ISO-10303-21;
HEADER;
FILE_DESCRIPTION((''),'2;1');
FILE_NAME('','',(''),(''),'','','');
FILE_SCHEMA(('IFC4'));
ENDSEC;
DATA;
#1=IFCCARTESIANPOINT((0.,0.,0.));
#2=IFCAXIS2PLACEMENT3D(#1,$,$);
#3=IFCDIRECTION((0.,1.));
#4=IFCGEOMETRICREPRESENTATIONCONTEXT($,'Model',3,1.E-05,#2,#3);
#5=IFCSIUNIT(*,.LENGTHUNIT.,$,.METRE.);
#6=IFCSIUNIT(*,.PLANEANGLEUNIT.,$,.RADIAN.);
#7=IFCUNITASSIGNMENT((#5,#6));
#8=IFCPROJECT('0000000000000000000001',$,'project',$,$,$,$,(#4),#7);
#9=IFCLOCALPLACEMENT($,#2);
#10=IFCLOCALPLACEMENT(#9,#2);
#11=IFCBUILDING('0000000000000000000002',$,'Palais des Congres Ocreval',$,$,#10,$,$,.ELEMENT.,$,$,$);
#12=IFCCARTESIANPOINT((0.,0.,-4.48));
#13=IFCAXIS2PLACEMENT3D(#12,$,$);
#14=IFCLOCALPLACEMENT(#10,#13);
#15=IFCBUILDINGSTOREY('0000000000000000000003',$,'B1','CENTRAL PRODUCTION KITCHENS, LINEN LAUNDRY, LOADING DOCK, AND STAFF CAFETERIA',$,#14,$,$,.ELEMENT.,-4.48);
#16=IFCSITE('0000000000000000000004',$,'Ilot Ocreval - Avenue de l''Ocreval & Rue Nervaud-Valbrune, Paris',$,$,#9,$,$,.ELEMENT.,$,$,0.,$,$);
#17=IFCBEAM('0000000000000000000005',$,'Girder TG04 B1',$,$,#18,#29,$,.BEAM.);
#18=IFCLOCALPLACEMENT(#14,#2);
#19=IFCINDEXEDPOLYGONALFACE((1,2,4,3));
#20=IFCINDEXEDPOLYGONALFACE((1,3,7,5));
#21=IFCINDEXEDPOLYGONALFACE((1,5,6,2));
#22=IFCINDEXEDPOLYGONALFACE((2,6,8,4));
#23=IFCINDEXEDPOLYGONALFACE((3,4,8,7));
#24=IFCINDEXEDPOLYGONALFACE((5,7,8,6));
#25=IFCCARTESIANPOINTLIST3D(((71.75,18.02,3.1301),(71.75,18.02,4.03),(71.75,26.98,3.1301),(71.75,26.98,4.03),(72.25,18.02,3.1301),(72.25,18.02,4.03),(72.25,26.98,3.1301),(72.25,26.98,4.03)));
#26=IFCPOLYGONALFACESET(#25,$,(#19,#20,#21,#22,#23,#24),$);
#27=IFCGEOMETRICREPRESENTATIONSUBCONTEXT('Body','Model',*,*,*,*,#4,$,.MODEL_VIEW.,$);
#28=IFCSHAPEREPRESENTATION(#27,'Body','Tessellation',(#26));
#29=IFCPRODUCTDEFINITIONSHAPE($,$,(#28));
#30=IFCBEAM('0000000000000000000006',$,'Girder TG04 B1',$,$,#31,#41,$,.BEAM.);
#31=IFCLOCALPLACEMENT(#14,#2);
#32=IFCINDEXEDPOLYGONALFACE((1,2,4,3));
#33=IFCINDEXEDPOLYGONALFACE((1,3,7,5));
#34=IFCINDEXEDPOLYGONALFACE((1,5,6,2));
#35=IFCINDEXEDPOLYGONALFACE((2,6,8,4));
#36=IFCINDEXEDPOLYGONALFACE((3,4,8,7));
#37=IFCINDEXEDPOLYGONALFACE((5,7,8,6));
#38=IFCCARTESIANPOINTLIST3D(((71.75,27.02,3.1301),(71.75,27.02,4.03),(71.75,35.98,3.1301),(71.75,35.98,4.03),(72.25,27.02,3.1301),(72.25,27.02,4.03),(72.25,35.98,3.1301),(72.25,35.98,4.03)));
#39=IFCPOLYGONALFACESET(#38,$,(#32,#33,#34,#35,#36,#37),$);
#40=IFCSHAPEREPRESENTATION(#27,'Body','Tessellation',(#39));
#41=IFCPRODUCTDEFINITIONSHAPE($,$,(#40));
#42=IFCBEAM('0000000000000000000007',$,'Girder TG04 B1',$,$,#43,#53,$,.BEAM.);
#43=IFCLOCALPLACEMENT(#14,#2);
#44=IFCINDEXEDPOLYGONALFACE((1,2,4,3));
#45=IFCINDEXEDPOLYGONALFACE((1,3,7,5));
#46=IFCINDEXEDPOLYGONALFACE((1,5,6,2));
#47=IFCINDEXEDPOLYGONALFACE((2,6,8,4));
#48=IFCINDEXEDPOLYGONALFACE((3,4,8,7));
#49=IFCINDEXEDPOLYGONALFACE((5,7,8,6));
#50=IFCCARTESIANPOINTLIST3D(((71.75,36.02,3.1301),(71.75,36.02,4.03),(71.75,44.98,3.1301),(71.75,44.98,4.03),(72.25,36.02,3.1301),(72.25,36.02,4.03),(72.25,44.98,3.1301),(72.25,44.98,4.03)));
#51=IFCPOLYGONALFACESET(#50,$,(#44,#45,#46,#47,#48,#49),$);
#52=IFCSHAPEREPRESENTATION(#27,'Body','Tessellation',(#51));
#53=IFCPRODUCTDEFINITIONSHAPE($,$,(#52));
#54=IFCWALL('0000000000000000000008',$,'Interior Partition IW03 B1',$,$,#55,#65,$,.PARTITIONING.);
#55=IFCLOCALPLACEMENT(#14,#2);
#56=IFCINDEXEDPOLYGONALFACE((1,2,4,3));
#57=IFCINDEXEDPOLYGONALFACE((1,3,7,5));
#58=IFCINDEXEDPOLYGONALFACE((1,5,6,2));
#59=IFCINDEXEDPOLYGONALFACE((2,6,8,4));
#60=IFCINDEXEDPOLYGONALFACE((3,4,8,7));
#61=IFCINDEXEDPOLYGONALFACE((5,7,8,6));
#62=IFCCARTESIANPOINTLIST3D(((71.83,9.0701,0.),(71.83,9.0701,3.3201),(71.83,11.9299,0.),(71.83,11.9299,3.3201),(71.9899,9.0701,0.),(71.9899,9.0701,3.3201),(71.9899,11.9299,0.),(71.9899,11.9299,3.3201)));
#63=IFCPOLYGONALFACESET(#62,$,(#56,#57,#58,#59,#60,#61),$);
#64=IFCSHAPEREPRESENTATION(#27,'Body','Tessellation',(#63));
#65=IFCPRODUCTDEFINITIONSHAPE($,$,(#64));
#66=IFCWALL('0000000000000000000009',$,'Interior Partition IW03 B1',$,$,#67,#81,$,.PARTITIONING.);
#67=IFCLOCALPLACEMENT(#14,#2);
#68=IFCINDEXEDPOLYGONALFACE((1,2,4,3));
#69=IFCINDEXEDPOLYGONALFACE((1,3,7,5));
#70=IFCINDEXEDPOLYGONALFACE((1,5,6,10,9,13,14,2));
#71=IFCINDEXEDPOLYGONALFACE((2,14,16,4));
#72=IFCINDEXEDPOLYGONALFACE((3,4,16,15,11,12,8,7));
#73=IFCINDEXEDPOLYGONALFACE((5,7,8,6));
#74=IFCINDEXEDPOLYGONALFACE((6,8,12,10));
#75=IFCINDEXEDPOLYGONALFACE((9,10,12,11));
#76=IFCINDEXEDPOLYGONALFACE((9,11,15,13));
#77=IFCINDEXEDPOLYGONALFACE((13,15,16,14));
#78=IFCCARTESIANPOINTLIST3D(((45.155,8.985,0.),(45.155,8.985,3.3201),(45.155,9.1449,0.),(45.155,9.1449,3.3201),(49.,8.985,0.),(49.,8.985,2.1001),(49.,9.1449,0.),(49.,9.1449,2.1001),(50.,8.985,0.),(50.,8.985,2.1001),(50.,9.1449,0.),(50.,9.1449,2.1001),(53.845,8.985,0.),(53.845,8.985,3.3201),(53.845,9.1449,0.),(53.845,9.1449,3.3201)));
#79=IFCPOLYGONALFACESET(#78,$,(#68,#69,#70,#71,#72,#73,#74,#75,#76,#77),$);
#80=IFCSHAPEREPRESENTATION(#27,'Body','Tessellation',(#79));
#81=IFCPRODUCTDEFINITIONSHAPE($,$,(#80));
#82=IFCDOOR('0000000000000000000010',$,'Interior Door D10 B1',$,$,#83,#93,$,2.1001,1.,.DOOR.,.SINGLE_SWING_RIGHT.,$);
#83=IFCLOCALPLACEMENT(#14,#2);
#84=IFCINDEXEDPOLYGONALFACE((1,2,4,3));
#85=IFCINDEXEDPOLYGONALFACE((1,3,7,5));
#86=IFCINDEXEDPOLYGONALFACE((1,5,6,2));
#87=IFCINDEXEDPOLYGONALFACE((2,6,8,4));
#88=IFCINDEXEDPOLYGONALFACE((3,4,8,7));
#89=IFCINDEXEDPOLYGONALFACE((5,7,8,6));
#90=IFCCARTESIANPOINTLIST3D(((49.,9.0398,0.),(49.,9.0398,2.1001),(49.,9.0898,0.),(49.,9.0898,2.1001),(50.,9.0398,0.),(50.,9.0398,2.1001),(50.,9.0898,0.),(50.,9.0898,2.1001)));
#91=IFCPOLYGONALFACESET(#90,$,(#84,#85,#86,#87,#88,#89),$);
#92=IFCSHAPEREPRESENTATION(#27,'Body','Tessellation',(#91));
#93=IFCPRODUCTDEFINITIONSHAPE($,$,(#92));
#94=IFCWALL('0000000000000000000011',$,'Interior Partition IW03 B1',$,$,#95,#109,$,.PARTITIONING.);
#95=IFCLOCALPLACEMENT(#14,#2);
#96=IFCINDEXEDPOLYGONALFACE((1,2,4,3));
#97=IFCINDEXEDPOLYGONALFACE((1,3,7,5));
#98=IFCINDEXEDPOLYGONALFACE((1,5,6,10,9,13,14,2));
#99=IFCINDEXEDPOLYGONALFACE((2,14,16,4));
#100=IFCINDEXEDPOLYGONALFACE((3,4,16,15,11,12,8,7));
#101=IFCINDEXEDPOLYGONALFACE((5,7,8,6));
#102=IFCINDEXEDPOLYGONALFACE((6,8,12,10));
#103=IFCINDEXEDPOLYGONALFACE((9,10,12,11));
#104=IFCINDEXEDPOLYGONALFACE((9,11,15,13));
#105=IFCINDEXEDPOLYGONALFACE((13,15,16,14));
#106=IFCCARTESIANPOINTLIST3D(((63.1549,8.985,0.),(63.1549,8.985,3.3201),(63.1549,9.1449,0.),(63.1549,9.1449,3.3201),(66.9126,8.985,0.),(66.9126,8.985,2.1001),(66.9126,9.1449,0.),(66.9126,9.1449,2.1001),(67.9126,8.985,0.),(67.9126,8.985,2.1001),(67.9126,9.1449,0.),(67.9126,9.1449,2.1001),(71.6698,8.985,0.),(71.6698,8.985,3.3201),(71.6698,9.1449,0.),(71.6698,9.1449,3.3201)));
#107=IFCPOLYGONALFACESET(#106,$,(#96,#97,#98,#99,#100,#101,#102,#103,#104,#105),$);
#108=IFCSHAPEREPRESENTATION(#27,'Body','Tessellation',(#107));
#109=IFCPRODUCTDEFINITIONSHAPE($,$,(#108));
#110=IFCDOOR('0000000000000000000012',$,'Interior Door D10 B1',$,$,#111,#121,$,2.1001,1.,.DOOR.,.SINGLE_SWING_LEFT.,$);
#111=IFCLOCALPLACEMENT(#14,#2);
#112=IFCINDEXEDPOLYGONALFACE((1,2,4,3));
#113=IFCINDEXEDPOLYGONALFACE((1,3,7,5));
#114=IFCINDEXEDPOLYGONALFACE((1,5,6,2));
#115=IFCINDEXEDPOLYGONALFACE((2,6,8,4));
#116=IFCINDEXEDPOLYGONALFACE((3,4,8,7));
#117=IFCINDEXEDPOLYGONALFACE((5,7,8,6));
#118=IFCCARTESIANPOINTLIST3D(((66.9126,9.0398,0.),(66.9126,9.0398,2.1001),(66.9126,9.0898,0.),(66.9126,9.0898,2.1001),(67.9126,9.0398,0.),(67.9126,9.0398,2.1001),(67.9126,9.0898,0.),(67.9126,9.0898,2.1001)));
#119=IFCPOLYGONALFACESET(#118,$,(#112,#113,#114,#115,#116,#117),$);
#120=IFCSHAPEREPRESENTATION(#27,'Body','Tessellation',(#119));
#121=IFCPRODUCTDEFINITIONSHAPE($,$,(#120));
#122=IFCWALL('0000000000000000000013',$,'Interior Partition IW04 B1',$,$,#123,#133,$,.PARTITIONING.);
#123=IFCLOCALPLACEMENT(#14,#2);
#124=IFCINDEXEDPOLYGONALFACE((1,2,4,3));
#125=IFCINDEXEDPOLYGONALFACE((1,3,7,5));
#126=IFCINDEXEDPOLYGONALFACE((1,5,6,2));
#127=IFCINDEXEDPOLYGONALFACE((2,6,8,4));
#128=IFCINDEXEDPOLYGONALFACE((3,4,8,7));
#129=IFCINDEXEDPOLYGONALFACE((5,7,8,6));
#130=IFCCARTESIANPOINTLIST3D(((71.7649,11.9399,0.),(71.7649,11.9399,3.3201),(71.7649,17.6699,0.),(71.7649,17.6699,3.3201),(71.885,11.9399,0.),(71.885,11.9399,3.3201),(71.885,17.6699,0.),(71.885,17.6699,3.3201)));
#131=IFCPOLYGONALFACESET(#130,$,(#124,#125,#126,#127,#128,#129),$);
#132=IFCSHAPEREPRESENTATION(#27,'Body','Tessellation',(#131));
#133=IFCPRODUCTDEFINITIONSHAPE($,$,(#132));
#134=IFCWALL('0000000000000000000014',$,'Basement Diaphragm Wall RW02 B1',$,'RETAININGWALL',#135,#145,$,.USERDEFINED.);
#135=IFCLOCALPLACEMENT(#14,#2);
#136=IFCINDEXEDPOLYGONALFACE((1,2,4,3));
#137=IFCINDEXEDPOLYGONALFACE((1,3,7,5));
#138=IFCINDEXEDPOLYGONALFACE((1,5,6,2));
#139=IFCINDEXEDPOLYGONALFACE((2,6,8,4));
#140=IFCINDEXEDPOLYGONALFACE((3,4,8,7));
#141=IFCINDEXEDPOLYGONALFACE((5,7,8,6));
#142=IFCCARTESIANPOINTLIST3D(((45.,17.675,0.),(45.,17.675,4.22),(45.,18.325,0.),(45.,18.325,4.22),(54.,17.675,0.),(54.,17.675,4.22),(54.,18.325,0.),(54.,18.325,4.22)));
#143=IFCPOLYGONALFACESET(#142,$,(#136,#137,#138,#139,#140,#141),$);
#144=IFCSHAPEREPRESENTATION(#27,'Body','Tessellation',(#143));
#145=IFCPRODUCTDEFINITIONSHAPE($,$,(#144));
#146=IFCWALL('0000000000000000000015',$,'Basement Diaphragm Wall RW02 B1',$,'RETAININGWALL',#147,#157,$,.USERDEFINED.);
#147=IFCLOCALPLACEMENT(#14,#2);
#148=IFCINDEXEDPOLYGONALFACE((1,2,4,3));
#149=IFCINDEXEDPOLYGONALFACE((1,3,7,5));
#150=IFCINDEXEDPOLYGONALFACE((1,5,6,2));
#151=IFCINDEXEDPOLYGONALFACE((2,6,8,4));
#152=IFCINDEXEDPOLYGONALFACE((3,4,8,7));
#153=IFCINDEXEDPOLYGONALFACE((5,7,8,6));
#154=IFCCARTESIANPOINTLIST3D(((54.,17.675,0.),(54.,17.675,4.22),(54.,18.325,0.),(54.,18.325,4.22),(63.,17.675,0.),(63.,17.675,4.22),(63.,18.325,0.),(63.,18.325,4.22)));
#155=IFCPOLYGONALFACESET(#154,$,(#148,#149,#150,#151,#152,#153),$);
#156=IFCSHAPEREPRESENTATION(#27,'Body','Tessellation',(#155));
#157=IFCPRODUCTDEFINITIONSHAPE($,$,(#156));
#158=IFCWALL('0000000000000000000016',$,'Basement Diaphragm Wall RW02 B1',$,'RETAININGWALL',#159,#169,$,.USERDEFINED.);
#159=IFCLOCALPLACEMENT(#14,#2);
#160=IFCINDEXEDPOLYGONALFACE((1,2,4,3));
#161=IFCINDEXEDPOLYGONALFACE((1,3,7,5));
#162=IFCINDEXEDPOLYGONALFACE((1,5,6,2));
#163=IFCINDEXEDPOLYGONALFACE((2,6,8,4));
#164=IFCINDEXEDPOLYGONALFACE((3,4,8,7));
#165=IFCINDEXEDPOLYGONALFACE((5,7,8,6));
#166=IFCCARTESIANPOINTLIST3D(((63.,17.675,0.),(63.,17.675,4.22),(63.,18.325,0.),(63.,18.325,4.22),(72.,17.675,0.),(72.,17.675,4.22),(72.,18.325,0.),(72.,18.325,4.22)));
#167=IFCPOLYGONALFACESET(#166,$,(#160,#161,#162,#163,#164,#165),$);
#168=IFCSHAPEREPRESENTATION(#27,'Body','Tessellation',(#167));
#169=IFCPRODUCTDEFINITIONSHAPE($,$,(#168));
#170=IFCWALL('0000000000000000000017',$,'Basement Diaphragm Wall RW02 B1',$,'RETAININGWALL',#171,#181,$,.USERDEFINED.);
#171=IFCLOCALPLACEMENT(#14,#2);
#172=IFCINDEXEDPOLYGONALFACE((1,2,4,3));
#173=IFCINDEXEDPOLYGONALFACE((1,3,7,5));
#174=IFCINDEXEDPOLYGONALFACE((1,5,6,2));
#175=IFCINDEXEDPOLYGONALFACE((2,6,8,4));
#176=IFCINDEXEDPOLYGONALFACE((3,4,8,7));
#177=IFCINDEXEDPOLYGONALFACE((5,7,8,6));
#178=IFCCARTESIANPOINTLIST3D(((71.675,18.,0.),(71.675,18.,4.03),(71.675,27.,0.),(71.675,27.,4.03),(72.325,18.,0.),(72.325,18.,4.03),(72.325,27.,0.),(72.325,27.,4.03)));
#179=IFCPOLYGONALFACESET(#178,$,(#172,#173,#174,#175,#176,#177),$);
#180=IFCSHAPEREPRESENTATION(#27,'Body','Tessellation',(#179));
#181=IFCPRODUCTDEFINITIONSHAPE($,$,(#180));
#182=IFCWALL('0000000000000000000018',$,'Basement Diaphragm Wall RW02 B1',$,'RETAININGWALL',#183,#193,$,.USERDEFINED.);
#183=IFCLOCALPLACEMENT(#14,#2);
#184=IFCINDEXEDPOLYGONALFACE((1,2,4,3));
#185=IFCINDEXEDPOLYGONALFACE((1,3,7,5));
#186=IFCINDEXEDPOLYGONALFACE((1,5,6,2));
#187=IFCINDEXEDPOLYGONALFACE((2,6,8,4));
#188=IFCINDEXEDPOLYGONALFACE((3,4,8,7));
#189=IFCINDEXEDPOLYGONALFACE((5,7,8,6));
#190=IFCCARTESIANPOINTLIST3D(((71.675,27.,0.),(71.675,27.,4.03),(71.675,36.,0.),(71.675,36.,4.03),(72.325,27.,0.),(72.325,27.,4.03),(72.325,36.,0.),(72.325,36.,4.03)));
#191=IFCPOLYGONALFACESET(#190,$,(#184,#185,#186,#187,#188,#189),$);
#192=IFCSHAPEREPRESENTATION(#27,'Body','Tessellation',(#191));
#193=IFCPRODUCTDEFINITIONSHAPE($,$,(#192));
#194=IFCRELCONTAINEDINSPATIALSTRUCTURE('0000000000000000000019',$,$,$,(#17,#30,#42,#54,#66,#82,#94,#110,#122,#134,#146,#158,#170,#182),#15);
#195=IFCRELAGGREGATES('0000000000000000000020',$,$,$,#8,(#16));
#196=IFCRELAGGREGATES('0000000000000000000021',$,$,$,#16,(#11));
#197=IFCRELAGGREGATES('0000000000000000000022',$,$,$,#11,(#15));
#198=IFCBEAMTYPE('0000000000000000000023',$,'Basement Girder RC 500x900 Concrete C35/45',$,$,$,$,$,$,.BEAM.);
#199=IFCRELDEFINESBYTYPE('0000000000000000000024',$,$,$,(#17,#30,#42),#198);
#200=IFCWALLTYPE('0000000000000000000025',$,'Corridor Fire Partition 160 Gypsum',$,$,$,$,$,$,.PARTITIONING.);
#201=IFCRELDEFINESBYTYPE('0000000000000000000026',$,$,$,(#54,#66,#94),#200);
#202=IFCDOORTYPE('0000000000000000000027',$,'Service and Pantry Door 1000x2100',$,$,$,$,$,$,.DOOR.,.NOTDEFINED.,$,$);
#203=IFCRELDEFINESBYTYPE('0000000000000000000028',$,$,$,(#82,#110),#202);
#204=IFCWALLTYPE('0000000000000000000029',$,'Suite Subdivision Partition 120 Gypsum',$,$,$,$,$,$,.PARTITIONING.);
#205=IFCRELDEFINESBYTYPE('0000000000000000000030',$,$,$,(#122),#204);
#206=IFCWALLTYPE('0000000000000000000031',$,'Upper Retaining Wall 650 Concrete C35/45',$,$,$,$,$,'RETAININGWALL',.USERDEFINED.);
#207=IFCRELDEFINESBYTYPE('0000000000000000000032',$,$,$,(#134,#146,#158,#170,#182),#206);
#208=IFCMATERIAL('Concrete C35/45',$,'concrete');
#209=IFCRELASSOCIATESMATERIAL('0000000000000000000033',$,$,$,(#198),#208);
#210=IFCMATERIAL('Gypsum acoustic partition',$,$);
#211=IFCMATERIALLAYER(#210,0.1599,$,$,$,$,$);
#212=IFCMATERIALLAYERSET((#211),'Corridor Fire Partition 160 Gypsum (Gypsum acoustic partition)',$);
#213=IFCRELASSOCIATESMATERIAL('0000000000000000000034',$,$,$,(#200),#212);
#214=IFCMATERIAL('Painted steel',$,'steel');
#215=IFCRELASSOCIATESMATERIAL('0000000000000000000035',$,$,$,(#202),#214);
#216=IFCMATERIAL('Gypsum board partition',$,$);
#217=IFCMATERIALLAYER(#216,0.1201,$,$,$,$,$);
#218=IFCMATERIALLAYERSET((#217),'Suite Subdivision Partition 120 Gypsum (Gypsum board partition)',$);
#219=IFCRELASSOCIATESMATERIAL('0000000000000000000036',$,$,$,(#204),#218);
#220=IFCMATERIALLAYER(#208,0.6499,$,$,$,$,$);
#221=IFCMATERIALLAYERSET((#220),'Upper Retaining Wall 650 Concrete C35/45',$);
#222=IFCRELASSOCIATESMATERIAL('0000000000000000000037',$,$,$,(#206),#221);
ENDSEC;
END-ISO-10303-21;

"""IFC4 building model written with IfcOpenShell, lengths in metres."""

from ifc_helpers import new_model, si_unit, direction, frame, frame_2d, origin, origin_2d, place, context, subcontext, project, spatial, rectangle, extrude, material, layer, layer_set, material_profile, profile_set, type_object, element, fill, save


model = new_model("IFC4")

# Units and contexts
model_context = context("Model", 3, precision=1e-05, world=origin(), true_north=direction((0.0, 1.0)))
body_context = subcontext(model_context, "Body", "Model", "MODEL_VIEW")
ifc_project = project(units=[si_unit("LENGTHUNIT", "METRE"), si_unit("PLANEANGLEUNIT", "RADIAN")], contexts=[model_context])

# Site, building, storey
site_placement = place(None, origin())
site = spatial("IfcSite", under=ifc_project, at=site_placement, Name="Ilot Ocreval - Avenue de l'Ocreval & Rue Nervaud-Valbrune, Paris", CompositionType="ELEMENT", RefElevation=0.0)
building_placement = place(site_placement, origin())
building = spatial("IfcBuilding", under=site, at=building_placement, Name="Palais des Congres Ocreval", CompositionType="ELEMENT")
storey_placement = place(building_placement, frame((0.0, 0.0, -4.48)))
storey = spatial("IfcBuildingStorey", under=building, at=storey_placement, Name="B1", Description="CENTRAL PRODUCTION KITCHENS, LINEN LAUNDRY, LOADING DOCK, AND STAFF CAFETERIA", CompositionType="ELEMENT", Elevation=-4.48)

# Beams
ifc_material_1 = material(Name="Concrete C35/45", Category="concrete")
ifc_material_profile_1 = material_profile(ifc_material_1, rectangle(XDim=0.5, YDim=0.8999, at=origin_2d()), Name="RC 500x900")
ifc_profile_set_1 = profile_set([ifc_material_profile_1], Name="Concrete C35/45")
beam_type = type_object("IfcBeamType", Name="Basement Girder RC 500x900 Concrete C35/45", PredefinedType="BEAM", material=ifc_profile_set_1)
for number, where, z_axis, x_axis, name in (
    (1, (72.0, 18.02, 3.5801), (0.0, 1.0, 0.0), (-1.0, 0.0, 0.0), "Girder TG04 B1"),
    (2, (72.0, 27.02, 3.5801), (0.0, 1.0, 0.0), (-1.0, 0.0, 0.0), "Girder TG04 B1"),
    (3, (72.0, 36.02, 3.5801), (0.0, 1.0, 0.0), (-1.0, 0.0, 0.0), "Girder TG04 B1"),
):
    element("IfcBeam", number, at=place(storey_placement, frame(where, z_axis=z_axis, x_axis=x_axis)), inside=storey, type_object=beam_type, Name=name, PredefinedType="BEAM", context=body_context, shape_type="SweptSolid", body=[
        extrude(rectangle(XDim=0.5, YDim=0.8999, at=origin_2d()), origin(), (0.0, 0.0, 1.0), 8.96),
    ])

# Wall
ifc_material_2 = material(Name="Gypsum acoustic partition")
ifc_layer_1 = layer(ifc_material_2, 0.1599)
ifc_layer_set_1 = layer_set([ifc_layer_1], Name="Corridor Fire Partition 160 Gypsum (Gypsum acoustic partition)")
wall_type_1 = type_object("IfcWallType", Name="Corridor Fire Partition 160 Gypsum", PredefinedType="PARTITIONING", material=ifc_layer_set_1)
wall_1_placement = place(storey_placement, frame((71.9099, 9.0701, 0.0), z_axis=(0.0, 0.0, 1.0), x_axis=(0.0, 1.0, 0.0)))
element("IfcWall", 4, at=wall_1_placement, inside=storey, type_object=wall_type_1, Name="Interior Partition IW03 B1", PredefinedType="PARTITIONING", context=body_context, shape_type="SweptSolid", body=[
    extrude(rectangle(XDim=2.8599, YDim=0.1599, at=frame_2d((1.4299, 0.0))), origin(), (0.0, 0.0, 1.0), 3.3201),
])

# Walls, openings, doors
wall_2_placement = place(storey_placement, frame((45.155, 9.0649, 0.0), z_axis=(0.0, 0.0, 1.0), x_axis=(1.0, 0.0, 0.0)))
wall_2 = element("IfcWall", 5, at=wall_2_placement, inside=storey, type_object=wall_type_1, Name="Interior Partition IW03 B1", PredefinedType="PARTITIONING", context=body_context, shape_type="SweptSolid", body=[
    extrude(rectangle(XDim=8.6899, YDim=0.1599, at=frame_2d((4.345, 0.0))), origin(), (0.0, 0.0, 1.0), 3.3201),
])
opening_1_placement = place(wall_2_placement, frame((3.845, 0.0, 0.0)))
opening_1 = element("IfcOpeningElement", 6, at=opening_1_placement, cuts=wall_2, PredefinedType="OPENING", context=body_context, shape_type="SweptSolid", body=[
    extrude(rectangle(XDim=1.0, YDim=2.1001, at=frame_2d((0.5, 1.05))), frame((0.0, 0.0898, 0.0), z_axis=(0.0, -1.0, 0.0), x_axis=(1.0, 0.0, 0.0)), (0.0, 0.0, 1.0), 0.1799),
])
ifc_material_3 = material(Name="Painted steel", Category="steel")
door_type = type_object("IfcDoorType", Name="Service and Pantry Door 1000x2100", OperationType="NOTDEFINED", PredefinedType="DOOR", material=ifc_material_3)
door_1_placement = place(opening_1_placement, origin())
door_1 = element("IfcDoor", 7, at=door_1_placement, inside=storey, type_object=door_type, Name="Interior Door D10 B1", OperationType="SINGLE_SWING_RIGHT", OverallHeight=2.1001, OverallWidth=1.0, PredefinedType="DOOR", context=body_context, shape_type="SweptSolid", body=[
    extrude(rectangle(XDim=1.0, YDim=2.1001, at=frame_2d((0.5, 1.05))), frame((0.0, 0.0249, 0.0), z_axis=(0.0, -1.0, 0.0), x_axis=(1.0, 0.0, 0.0)), (0.0, 0.0, 1.0), 0.05),
])
fill(opening_1, door_1)
wall_3_placement = place(storey_placement, frame((63.155, 9.0649, 0.0), z_axis=(0.0, 0.0, 1.0), x_axis=(1.0, 0.0, 0.0)))
wall_3 = element("IfcWall", 8, at=wall_3_placement, inside=storey, type_object=wall_type_1, Name="Interior Partition IW03 B1", PredefinedType="PARTITIONING", context=body_context, shape_type="SweptSolid", body=[
    extrude(rectangle(XDim=8.5149, YDim=0.1599, at=frame_2d((4.2573, 0.0))), origin(), (0.0, 0.0, 1.0), 3.3201),
])
opening_2_placement = place(wall_3_placement, frame((3.7576, 0.0, 0.0)))
opening_2 = element("IfcOpeningElement", 9, at=opening_2_placement, cuts=wall_3, PredefinedType="OPENING", context=body_context, shape_type="SweptSolid", body=[
    extrude(rectangle(XDim=1.0, YDim=2.1001, at=frame_2d((0.5, 1.05))), frame((0.0, 0.0898, 0.0), z_axis=(0.0, -1.0, 0.0), x_axis=(1.0, 0.0, 0.0)), (0.0, 0.0, 1.0), 0.1799),
])
door_2_placement = place(opening_2_placement, origin())
door_2 = element("IfcDoor", 10, at=door_2_placement, inside=storey, type_object=door_type, Name="Interior Door D10 B1", OperationType="SINGLE_SWING_LEFT", OverallHeight=2.1001, OverallWidth=1.0, PredefinedType="DOOR", context=body_context, shape_type="SweptSolid", body=[
    extrude(rectangle(XDim=1.0, YDim=2.1001, at=frame_2d((0.5, 1.05))), frame((0.0, 0.0249, 0.0), z_axis=(0.0, -1.0, 0.0), x_axis=(1.0, 0.0, 0.0)), (0.0, 0.0, 1.0), 0.05),
])
fill(opening_2, door_2)

# Walls
ifc_material_4 = material(Name="Gypsum board partition")
ifc_layer_2 = layer(ifc_material_4, 0.1201)
ifc_layer_set_2 = layer_set([ifc_layer_2], Name="Suite Subdivision Partition 120 Gypsum (Gypsum board partition)")
wall_type_2 = type_object("IfcWallType", Name="Suite Subdivision Partition 120 Gypsum", PredefinedType="PARTITIONING", material=ifc_layer_set_2)
wall_4_placement = place(storey_placement, frame((71.825, 11.9399, 0.0), z_axis=(0.0, 0.0, 1.0), x_axis=(0.0, 1.0, 0.0)))
element("IfcWall", 11, at=wall_4_placement, inside=storey, type_object=wall_type_2, Name="Interior Partition IW04 B1", PredefinedType="PARTITIONING", context=body_context, shape_type="SweptSolid", body=[
    extrude(rectangle(XDim=5.73, YDim=0.1201, at=frame_2d((2.865, 0.0))), origin(), (0.0, 0.0, 1.0), 3.3201),
])
ifc_layer_3 = layer(ifc_material_1, 0.6499)
ifc_layer_set_3 = layer_set([ifc_layer_3], Name="Upper Retaining Wall 650 Concrete C35/45")
wall_type_3 = type_object("IfcWallType", Name="Upper Retaining Wall 650 Concrete C35/45", ElementType="RETAININGWALL", PredefinedType="USERDEFINED", material=ifc_layer_set_3)
for number, where, z_axis, x_axis, name in (
    (12, (45.0, 18.0, 0.0), (0.0, 0.0, 1.0), (1.0, 0.0, 0.0), "Basement Diaphragm Wall RW02 B1"),
    (13, (54.0, 18.0, 0.0), (0.0, 0.0, 1.0), (1.0, 0.0, 0.0), "Basement Diaphragm Wall RW02 B1"),
    (14, (63.0, 18.0, 0.0), (0.0, 0.0, 1.0), (1.0, 0.0, 0.0), "Basement Diaphragm Wall RW02 B1"),
):
    element("IfcWall", number, at=place(storey_placement, frame(where, z_axis=z_axis, x_axis=x_axis)), inside=storey, type_object=wall_type_3, Name=name, ObjectType="RETAININGWALL", PredefinedType="USERDEFINED", context=body_context, shape_type="SweptSolid", body=[
        extrude(rectangle(XDim=9.0, YDim=0.6499, at=frame_2d((4.5, 0.0))), origin(), (0.0, 0.0, 1.0), 4.22),
    ])
for number, where, z_axis, x_axis, name in (
    (15, (72.0, 18.0, 0.0), (0.0, 0.0, 1.0), (0.0, 1.0, 0.0), "Basement Diaphragm Wall RW02 B1"),
    (16, (72.0, 27.0, 0.0), (0.0, 0.0, 1.0), (0.0, 1.0, 0.0), "Basement Diaphragm Wall RW02 B1"),
):
    element("IfcWall", number, at=place(storey_placement, frame(where, z_axis=z_axis, x_axis=x_axis)), inside=storey, type_object=wall_type_3, Name=name, ObjectType="RETAININGWALL", PredefinedType="USERDEFINED", context=body_context, shape_type="SweptSolid", body=[
        extrude(rectangle(XDim=9.0, YDim=0.6499, at=frame_2d((4.5, 0.0))), origin(), (0.0, 0.0, 1.0), 4.03),
    ])

save(model, "model.ifc")
